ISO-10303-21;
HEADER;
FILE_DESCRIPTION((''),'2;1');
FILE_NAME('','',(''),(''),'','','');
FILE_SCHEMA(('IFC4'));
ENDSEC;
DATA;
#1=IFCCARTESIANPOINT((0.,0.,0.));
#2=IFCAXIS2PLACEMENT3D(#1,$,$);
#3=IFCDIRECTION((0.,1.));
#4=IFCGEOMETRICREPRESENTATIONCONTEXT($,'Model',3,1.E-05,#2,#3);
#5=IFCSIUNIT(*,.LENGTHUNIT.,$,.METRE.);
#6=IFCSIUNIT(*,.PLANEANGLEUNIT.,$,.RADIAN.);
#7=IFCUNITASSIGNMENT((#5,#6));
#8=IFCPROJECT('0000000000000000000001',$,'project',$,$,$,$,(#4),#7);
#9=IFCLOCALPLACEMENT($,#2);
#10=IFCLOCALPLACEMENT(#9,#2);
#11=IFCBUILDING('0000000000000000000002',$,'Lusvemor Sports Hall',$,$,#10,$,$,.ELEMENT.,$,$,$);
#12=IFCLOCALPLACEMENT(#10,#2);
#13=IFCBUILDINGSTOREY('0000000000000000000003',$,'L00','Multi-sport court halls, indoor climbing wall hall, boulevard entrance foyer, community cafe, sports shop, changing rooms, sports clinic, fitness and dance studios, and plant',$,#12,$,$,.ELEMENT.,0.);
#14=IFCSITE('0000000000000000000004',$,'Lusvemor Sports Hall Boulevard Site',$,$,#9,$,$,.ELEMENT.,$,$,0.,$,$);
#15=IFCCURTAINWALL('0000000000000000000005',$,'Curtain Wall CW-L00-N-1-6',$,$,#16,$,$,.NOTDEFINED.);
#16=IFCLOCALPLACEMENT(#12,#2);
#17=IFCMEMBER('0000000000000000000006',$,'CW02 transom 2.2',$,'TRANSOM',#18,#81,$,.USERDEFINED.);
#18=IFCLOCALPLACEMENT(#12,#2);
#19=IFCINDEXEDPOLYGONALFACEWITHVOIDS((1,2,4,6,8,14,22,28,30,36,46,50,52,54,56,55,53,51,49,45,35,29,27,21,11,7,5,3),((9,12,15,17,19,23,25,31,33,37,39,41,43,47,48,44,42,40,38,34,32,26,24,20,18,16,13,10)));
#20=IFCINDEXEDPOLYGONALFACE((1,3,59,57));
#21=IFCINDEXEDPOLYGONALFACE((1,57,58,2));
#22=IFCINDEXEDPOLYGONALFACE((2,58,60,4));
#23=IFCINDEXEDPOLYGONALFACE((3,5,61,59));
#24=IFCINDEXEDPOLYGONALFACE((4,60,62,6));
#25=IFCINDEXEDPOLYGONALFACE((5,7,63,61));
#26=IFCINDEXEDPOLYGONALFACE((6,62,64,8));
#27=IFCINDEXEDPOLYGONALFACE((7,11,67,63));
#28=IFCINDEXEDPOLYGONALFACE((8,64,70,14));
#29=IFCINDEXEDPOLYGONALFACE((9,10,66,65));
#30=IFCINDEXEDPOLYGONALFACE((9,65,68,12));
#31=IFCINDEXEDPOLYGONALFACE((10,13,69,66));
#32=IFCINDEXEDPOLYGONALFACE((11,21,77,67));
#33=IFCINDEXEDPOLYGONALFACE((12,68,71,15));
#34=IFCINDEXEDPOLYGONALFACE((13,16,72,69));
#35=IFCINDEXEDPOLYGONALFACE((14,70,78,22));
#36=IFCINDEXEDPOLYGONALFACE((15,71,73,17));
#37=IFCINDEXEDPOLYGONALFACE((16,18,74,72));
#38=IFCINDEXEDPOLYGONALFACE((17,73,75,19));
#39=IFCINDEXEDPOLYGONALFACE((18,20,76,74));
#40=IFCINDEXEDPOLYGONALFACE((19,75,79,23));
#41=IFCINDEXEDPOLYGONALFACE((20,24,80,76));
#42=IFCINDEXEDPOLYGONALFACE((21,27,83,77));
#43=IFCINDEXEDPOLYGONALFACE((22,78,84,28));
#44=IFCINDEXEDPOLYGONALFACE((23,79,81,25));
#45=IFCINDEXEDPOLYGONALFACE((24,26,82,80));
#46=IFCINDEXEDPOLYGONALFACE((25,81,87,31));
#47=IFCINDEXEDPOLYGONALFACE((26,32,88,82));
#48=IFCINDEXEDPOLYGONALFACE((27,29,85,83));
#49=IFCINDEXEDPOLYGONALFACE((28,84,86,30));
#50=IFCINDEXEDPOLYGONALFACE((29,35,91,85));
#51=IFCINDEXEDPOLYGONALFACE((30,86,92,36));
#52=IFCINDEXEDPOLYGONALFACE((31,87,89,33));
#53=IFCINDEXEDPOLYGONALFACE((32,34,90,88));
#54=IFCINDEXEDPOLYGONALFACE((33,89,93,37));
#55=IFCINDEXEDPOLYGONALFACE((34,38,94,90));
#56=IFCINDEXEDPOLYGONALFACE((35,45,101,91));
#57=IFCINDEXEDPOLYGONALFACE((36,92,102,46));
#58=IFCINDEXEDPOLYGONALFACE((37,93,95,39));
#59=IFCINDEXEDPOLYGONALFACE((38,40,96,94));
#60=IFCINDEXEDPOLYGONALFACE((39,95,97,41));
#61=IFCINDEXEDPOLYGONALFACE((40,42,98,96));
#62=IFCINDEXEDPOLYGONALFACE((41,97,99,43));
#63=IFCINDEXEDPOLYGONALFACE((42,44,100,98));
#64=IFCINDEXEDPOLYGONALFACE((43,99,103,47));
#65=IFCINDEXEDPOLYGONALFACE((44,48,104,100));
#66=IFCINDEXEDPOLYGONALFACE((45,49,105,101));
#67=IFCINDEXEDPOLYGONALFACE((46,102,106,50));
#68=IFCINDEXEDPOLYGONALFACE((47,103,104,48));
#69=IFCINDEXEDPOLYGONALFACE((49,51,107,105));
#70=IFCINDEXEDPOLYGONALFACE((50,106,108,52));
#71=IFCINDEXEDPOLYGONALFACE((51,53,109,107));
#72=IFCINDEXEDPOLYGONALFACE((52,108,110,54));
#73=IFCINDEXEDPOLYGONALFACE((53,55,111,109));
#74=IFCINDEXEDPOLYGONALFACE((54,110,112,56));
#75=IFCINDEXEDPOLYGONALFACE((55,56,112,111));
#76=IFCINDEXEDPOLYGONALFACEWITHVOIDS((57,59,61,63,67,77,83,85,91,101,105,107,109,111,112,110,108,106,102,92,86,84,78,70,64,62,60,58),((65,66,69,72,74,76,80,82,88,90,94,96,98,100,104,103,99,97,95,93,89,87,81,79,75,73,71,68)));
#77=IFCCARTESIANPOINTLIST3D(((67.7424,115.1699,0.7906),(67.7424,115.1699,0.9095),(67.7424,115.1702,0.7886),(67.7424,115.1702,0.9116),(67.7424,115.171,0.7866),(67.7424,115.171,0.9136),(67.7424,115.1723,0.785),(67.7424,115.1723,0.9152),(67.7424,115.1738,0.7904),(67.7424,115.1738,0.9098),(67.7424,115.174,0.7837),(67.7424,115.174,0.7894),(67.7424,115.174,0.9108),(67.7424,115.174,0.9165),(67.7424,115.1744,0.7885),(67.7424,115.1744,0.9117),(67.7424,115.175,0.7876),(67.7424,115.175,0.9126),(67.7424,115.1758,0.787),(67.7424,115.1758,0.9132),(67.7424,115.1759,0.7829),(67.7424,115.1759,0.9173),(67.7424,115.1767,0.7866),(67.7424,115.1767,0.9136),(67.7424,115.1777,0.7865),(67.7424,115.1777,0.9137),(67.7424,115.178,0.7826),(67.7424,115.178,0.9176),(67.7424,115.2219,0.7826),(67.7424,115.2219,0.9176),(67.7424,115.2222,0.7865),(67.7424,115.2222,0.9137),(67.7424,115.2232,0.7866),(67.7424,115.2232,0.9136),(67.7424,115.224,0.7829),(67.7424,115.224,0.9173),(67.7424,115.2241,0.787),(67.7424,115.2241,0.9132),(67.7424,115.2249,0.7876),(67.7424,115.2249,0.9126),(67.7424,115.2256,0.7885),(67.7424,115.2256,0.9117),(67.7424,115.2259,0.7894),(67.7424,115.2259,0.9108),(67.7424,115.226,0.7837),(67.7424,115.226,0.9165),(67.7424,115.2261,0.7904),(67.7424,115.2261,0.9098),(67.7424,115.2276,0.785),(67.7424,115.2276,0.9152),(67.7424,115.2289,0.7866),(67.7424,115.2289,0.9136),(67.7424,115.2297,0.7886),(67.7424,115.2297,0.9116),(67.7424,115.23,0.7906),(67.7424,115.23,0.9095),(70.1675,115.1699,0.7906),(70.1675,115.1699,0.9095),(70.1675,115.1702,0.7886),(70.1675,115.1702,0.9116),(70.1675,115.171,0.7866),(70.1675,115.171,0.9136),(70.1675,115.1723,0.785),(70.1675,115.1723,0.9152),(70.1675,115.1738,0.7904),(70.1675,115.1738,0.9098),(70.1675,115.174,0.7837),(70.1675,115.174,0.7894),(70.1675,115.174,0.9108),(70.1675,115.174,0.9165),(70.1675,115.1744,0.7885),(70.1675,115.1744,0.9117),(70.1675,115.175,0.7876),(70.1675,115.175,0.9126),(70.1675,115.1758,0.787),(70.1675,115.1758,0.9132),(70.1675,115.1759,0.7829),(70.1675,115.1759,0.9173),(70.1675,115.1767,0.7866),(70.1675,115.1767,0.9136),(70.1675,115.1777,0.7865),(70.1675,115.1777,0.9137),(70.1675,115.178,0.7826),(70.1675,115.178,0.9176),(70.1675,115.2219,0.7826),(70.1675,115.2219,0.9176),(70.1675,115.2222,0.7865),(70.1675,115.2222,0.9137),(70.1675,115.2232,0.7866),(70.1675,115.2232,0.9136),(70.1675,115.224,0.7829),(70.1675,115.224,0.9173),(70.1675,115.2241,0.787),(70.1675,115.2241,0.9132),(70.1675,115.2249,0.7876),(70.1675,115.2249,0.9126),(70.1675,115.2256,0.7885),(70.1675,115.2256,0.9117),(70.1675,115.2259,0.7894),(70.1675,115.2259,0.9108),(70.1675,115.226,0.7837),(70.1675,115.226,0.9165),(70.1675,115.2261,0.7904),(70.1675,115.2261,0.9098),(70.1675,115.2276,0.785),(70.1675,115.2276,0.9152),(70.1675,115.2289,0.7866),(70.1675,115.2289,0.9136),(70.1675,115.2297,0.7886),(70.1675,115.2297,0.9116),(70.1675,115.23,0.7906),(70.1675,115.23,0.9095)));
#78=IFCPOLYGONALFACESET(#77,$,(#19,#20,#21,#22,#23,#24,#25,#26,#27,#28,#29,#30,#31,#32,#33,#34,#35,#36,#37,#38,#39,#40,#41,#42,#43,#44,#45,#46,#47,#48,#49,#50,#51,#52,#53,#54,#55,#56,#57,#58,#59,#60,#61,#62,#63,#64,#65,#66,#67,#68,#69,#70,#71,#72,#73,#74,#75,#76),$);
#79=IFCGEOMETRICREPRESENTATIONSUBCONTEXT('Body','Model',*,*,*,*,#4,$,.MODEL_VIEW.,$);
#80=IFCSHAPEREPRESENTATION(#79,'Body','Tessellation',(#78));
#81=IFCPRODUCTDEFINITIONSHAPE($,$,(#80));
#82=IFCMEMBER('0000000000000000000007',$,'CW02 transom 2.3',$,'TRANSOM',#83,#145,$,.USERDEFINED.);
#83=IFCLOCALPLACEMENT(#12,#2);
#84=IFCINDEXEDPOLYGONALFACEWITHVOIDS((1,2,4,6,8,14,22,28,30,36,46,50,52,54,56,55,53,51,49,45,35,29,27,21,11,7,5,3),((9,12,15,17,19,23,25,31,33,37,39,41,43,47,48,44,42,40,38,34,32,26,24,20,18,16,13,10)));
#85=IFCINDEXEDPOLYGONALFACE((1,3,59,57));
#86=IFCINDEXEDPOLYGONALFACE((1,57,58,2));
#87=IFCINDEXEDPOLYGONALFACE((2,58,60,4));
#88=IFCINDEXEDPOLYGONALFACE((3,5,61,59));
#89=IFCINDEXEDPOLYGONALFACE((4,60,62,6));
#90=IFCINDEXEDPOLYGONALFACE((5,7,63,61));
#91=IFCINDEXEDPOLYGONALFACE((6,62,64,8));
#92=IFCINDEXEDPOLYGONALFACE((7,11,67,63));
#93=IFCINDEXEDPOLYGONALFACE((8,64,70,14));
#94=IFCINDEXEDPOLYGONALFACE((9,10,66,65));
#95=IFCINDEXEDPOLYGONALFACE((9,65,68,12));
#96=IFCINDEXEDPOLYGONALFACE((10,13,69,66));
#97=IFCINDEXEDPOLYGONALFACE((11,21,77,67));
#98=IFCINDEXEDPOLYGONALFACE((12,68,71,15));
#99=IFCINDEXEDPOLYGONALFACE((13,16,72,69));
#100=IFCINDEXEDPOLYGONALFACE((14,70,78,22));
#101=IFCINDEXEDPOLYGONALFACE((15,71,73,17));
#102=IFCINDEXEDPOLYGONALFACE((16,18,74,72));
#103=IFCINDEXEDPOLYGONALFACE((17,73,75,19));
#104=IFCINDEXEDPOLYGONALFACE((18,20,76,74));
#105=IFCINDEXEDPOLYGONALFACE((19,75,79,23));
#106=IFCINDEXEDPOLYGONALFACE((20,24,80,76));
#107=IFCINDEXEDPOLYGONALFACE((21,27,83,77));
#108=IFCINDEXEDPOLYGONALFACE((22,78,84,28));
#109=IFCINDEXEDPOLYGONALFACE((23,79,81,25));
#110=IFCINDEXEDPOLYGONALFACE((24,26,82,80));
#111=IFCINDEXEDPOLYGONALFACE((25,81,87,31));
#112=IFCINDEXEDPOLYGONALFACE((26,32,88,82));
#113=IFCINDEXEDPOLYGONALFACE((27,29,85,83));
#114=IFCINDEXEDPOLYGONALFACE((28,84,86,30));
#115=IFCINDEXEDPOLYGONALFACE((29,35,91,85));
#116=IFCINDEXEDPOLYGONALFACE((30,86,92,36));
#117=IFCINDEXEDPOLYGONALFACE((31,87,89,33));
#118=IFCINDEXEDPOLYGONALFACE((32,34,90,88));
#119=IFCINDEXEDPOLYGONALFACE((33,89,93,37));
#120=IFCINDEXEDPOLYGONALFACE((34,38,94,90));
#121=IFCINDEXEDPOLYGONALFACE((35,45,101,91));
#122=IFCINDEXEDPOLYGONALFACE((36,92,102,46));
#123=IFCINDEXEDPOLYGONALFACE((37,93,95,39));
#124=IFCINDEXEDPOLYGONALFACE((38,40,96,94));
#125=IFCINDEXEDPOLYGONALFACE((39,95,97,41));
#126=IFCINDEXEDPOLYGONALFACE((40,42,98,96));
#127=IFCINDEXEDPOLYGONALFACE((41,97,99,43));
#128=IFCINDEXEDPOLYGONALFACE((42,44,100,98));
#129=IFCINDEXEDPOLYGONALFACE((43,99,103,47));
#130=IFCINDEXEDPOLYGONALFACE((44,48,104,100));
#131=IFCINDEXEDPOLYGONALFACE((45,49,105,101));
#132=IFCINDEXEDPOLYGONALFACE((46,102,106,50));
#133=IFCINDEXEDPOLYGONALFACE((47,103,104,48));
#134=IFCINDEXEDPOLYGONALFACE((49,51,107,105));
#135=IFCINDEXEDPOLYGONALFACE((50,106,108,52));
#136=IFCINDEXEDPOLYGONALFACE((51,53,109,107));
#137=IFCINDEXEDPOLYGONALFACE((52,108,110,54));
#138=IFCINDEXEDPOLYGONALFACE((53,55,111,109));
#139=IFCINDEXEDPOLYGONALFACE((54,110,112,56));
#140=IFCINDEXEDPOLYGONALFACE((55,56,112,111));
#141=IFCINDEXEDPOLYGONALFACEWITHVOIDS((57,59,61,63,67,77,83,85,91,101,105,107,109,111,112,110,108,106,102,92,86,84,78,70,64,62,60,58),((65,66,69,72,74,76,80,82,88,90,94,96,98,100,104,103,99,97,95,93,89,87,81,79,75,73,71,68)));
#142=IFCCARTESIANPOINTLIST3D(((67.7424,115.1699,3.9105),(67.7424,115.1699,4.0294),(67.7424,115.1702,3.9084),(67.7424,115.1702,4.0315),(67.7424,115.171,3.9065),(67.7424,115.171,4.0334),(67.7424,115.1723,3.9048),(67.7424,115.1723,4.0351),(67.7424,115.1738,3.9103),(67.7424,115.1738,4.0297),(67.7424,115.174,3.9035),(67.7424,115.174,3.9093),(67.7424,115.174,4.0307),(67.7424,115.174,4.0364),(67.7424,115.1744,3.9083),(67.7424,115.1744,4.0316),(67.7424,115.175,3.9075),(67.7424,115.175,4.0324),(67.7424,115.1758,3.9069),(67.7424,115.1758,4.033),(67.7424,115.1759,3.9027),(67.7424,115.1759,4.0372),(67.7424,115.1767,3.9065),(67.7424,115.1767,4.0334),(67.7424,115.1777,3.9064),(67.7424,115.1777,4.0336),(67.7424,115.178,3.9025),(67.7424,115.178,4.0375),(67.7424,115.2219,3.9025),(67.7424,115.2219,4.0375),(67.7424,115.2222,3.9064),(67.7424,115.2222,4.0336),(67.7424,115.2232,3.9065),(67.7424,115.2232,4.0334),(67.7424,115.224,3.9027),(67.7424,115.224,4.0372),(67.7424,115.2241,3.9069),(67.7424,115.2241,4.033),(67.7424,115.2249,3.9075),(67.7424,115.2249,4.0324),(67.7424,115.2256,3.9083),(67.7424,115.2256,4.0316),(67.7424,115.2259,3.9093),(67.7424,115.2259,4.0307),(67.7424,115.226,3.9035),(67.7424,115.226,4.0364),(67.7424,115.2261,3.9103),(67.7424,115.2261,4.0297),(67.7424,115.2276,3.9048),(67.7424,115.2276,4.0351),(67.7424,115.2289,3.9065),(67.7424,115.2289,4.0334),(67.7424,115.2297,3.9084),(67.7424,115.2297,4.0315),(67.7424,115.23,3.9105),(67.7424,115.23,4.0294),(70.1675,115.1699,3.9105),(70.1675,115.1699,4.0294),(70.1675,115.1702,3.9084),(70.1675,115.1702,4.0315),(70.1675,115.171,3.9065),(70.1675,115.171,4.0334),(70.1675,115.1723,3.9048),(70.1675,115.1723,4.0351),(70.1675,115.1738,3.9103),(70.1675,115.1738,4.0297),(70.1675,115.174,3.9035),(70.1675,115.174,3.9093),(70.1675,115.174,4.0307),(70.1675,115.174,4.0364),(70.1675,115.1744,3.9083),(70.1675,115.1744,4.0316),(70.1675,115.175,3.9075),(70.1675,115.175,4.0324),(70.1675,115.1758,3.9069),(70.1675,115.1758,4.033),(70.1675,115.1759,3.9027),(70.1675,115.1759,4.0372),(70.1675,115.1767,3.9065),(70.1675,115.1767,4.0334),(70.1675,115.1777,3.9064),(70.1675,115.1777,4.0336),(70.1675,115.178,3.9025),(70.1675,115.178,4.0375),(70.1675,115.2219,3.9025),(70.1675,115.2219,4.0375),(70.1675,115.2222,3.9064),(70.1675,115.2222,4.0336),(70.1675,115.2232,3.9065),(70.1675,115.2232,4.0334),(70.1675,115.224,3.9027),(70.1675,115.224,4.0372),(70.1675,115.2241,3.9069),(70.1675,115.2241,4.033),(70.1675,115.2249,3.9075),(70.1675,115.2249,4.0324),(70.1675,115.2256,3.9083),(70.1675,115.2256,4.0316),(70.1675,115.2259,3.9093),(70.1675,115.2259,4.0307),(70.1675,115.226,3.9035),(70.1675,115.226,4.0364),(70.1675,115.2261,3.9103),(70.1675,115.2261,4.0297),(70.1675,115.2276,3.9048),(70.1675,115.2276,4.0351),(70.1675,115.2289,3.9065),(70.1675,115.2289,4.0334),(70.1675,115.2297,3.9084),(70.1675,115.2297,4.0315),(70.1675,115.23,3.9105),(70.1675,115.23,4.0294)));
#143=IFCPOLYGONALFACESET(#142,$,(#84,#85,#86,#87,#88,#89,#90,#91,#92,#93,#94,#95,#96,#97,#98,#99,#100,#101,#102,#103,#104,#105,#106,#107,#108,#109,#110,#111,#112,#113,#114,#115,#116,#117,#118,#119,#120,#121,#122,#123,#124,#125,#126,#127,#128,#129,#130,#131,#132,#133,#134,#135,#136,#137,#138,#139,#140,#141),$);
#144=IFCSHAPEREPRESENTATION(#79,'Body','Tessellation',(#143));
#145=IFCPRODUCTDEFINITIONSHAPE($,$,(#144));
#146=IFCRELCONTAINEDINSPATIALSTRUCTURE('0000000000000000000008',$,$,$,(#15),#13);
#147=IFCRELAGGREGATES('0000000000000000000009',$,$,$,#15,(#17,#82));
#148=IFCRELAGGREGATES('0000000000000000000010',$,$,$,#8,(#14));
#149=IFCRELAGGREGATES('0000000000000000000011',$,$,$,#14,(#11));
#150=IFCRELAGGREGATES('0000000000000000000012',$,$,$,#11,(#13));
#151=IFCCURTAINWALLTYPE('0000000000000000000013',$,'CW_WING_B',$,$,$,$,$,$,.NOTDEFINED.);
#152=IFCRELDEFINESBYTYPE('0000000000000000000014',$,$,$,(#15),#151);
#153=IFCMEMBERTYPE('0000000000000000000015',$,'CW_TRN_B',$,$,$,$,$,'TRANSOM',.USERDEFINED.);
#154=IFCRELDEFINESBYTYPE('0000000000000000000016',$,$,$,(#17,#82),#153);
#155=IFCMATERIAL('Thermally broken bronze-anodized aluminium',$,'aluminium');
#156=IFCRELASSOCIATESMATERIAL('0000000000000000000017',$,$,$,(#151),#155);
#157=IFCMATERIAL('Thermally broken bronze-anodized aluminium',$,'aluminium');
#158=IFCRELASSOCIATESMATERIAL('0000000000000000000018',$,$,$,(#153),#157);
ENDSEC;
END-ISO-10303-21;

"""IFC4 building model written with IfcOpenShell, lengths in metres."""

from ifc_helpers import new_model, si_unit, direction, frame, origin, origin_2d, place, context, subcontext, project, spatial, hollow_rectangle, extrude, material, material_profile, profile_set, type_object, element, aggregate, save


model = new_model("IFC4")

# Units and contexts
model_context = context("Model", 3, precision=1e-05, world=origin(), true_north=direction((0.0, 1.0)))
body_context = subcontext(model_context, "Body", "Model", "MODEL_VIEW")
ifc_project = project(units=[si_unit("LENGTHUNIT", "METRE"), si_unit("PLANEANGLEUNIT", "RADIAN")], contexts=[model_context])

# Site, building, storey
site_placement = place(None, origin())
site = spatial("IfcSite", under=ifc_project, at=site_placement, Name="Lusvemor Sports Hall Boulevard Site", CompositionType="ELEMENT", RefElevation=0.0)
building_placement = place(site_placement, origin())
building = spatial("IfcBuilding", under=site, at=building_placement, Name="Lusvemor Sports Hall", CompositionType="ELEMENT")
storey_placement = place(building_placement, origin())
storey = spatial("IfcBuildingStorey", under=building, at=storey_placement, Name="L00", Description="Multi-sport court halls, indoor climbing wall hall, boulevard entrance foyer, community cafe, sports shop, changing rooms, sports clinic, fitness and dance studios, and plant", CompositionType="ELEMENT", Elevation=0.0)

# Curtain wall
ifc_material_1 = material(Name="Thermally broken bronze-anodized aluminium", Category="aluminium")
curtain_wall_type = type_object("IfcCurtainWallType", Name="CW_WING_B", PredefinedType="NOTDEFINED", material=ifc_material_1)
curtain_wall_1_placement = place(storey_placement, origin())
curtain_wall_1 = element("IfcCurtainWall", 1, at=curtain_wall_1_placement, inside=storey, type_object=curtain_wall_type, Name="Curtain Wall CW-L00-N-1-6", PredefinedType="NOTDEFINED")

# Members
ifc_material_2 = material(Name="Thermally broken bronze-anodized aluminium", Category="aluminium")
ifc_material_profile_1 = material_profile(ifc_material_2, hollow_rectangle(XDim=0.0601, YDim=0.135, WallThickness=0.0039, InnerFilletRadius=0.0039, OuterFilletRadius=0.0081, at=origin_2d()), Name="CWTRN135x60x4")
ifc_profile_set_1 = profile_set([ifc_material_profile_1], Name="Thermally broken bronze-anodized aluminium")
member_type_1 = type_object("IfcMemberType", Name="CW_TRN_B", ElementType="TRANSOM", PredefinedType="USERDEFINED", material=ifc_profile_set_1)
member_1_placement = place(storey_placement, frame((67.7424, 115.2, 0.8501), z_axis=(1.0, 0.0, 0.0), x_axis=(0.0, 1.0, 0.0)))
member_1 = element("IfcMember", 2, at=member_1_placement, type_object=member_type_1, Name="CW02 transom 2.2", ObjectType="TRANSOM", PredefinedType="USERDEFINED", context=body_context, shape_type="SweptSolid", body=[
    extrude(hollow_rectangle(XDim=0.0601, YDim=0.135, WallThickness=0.0039, InnerFilletRadius=0.0039, OuterFilletRadius=0.0081, at=origin_2d()), origin(), (0.0, 0.0, 1.0), 2.425),
])
member_2_placement = place(storey_placement, frame((67.7424, 115.2, 3.97), z_axis=(1.0, 0.0, 0.0), x_axis=(0.0, 1.0, 0.0)))
member_2 = element("IfcMember", 3, at=member_2_placement, type_object=member_type_1, Name="CW02 transom 2.3", ObjectType="TRANSOM", PredefinedType="USERDEFINED", context=body_context, shape_type="SweptSolid", body=[
    extrude(hollow_rectangle(XDim=0.0601, YDim=0.135, WallThickness=0.0039, InnerFilletRadius=0.0039, OuterFilletRadius=0.0081, at=origin_2d()), origin(), (0.0, 0.0, 1.0), 2.425),
])

aggregate(curtain_wall_1, [member_1, member_2])

save(model, "model.ifc")
